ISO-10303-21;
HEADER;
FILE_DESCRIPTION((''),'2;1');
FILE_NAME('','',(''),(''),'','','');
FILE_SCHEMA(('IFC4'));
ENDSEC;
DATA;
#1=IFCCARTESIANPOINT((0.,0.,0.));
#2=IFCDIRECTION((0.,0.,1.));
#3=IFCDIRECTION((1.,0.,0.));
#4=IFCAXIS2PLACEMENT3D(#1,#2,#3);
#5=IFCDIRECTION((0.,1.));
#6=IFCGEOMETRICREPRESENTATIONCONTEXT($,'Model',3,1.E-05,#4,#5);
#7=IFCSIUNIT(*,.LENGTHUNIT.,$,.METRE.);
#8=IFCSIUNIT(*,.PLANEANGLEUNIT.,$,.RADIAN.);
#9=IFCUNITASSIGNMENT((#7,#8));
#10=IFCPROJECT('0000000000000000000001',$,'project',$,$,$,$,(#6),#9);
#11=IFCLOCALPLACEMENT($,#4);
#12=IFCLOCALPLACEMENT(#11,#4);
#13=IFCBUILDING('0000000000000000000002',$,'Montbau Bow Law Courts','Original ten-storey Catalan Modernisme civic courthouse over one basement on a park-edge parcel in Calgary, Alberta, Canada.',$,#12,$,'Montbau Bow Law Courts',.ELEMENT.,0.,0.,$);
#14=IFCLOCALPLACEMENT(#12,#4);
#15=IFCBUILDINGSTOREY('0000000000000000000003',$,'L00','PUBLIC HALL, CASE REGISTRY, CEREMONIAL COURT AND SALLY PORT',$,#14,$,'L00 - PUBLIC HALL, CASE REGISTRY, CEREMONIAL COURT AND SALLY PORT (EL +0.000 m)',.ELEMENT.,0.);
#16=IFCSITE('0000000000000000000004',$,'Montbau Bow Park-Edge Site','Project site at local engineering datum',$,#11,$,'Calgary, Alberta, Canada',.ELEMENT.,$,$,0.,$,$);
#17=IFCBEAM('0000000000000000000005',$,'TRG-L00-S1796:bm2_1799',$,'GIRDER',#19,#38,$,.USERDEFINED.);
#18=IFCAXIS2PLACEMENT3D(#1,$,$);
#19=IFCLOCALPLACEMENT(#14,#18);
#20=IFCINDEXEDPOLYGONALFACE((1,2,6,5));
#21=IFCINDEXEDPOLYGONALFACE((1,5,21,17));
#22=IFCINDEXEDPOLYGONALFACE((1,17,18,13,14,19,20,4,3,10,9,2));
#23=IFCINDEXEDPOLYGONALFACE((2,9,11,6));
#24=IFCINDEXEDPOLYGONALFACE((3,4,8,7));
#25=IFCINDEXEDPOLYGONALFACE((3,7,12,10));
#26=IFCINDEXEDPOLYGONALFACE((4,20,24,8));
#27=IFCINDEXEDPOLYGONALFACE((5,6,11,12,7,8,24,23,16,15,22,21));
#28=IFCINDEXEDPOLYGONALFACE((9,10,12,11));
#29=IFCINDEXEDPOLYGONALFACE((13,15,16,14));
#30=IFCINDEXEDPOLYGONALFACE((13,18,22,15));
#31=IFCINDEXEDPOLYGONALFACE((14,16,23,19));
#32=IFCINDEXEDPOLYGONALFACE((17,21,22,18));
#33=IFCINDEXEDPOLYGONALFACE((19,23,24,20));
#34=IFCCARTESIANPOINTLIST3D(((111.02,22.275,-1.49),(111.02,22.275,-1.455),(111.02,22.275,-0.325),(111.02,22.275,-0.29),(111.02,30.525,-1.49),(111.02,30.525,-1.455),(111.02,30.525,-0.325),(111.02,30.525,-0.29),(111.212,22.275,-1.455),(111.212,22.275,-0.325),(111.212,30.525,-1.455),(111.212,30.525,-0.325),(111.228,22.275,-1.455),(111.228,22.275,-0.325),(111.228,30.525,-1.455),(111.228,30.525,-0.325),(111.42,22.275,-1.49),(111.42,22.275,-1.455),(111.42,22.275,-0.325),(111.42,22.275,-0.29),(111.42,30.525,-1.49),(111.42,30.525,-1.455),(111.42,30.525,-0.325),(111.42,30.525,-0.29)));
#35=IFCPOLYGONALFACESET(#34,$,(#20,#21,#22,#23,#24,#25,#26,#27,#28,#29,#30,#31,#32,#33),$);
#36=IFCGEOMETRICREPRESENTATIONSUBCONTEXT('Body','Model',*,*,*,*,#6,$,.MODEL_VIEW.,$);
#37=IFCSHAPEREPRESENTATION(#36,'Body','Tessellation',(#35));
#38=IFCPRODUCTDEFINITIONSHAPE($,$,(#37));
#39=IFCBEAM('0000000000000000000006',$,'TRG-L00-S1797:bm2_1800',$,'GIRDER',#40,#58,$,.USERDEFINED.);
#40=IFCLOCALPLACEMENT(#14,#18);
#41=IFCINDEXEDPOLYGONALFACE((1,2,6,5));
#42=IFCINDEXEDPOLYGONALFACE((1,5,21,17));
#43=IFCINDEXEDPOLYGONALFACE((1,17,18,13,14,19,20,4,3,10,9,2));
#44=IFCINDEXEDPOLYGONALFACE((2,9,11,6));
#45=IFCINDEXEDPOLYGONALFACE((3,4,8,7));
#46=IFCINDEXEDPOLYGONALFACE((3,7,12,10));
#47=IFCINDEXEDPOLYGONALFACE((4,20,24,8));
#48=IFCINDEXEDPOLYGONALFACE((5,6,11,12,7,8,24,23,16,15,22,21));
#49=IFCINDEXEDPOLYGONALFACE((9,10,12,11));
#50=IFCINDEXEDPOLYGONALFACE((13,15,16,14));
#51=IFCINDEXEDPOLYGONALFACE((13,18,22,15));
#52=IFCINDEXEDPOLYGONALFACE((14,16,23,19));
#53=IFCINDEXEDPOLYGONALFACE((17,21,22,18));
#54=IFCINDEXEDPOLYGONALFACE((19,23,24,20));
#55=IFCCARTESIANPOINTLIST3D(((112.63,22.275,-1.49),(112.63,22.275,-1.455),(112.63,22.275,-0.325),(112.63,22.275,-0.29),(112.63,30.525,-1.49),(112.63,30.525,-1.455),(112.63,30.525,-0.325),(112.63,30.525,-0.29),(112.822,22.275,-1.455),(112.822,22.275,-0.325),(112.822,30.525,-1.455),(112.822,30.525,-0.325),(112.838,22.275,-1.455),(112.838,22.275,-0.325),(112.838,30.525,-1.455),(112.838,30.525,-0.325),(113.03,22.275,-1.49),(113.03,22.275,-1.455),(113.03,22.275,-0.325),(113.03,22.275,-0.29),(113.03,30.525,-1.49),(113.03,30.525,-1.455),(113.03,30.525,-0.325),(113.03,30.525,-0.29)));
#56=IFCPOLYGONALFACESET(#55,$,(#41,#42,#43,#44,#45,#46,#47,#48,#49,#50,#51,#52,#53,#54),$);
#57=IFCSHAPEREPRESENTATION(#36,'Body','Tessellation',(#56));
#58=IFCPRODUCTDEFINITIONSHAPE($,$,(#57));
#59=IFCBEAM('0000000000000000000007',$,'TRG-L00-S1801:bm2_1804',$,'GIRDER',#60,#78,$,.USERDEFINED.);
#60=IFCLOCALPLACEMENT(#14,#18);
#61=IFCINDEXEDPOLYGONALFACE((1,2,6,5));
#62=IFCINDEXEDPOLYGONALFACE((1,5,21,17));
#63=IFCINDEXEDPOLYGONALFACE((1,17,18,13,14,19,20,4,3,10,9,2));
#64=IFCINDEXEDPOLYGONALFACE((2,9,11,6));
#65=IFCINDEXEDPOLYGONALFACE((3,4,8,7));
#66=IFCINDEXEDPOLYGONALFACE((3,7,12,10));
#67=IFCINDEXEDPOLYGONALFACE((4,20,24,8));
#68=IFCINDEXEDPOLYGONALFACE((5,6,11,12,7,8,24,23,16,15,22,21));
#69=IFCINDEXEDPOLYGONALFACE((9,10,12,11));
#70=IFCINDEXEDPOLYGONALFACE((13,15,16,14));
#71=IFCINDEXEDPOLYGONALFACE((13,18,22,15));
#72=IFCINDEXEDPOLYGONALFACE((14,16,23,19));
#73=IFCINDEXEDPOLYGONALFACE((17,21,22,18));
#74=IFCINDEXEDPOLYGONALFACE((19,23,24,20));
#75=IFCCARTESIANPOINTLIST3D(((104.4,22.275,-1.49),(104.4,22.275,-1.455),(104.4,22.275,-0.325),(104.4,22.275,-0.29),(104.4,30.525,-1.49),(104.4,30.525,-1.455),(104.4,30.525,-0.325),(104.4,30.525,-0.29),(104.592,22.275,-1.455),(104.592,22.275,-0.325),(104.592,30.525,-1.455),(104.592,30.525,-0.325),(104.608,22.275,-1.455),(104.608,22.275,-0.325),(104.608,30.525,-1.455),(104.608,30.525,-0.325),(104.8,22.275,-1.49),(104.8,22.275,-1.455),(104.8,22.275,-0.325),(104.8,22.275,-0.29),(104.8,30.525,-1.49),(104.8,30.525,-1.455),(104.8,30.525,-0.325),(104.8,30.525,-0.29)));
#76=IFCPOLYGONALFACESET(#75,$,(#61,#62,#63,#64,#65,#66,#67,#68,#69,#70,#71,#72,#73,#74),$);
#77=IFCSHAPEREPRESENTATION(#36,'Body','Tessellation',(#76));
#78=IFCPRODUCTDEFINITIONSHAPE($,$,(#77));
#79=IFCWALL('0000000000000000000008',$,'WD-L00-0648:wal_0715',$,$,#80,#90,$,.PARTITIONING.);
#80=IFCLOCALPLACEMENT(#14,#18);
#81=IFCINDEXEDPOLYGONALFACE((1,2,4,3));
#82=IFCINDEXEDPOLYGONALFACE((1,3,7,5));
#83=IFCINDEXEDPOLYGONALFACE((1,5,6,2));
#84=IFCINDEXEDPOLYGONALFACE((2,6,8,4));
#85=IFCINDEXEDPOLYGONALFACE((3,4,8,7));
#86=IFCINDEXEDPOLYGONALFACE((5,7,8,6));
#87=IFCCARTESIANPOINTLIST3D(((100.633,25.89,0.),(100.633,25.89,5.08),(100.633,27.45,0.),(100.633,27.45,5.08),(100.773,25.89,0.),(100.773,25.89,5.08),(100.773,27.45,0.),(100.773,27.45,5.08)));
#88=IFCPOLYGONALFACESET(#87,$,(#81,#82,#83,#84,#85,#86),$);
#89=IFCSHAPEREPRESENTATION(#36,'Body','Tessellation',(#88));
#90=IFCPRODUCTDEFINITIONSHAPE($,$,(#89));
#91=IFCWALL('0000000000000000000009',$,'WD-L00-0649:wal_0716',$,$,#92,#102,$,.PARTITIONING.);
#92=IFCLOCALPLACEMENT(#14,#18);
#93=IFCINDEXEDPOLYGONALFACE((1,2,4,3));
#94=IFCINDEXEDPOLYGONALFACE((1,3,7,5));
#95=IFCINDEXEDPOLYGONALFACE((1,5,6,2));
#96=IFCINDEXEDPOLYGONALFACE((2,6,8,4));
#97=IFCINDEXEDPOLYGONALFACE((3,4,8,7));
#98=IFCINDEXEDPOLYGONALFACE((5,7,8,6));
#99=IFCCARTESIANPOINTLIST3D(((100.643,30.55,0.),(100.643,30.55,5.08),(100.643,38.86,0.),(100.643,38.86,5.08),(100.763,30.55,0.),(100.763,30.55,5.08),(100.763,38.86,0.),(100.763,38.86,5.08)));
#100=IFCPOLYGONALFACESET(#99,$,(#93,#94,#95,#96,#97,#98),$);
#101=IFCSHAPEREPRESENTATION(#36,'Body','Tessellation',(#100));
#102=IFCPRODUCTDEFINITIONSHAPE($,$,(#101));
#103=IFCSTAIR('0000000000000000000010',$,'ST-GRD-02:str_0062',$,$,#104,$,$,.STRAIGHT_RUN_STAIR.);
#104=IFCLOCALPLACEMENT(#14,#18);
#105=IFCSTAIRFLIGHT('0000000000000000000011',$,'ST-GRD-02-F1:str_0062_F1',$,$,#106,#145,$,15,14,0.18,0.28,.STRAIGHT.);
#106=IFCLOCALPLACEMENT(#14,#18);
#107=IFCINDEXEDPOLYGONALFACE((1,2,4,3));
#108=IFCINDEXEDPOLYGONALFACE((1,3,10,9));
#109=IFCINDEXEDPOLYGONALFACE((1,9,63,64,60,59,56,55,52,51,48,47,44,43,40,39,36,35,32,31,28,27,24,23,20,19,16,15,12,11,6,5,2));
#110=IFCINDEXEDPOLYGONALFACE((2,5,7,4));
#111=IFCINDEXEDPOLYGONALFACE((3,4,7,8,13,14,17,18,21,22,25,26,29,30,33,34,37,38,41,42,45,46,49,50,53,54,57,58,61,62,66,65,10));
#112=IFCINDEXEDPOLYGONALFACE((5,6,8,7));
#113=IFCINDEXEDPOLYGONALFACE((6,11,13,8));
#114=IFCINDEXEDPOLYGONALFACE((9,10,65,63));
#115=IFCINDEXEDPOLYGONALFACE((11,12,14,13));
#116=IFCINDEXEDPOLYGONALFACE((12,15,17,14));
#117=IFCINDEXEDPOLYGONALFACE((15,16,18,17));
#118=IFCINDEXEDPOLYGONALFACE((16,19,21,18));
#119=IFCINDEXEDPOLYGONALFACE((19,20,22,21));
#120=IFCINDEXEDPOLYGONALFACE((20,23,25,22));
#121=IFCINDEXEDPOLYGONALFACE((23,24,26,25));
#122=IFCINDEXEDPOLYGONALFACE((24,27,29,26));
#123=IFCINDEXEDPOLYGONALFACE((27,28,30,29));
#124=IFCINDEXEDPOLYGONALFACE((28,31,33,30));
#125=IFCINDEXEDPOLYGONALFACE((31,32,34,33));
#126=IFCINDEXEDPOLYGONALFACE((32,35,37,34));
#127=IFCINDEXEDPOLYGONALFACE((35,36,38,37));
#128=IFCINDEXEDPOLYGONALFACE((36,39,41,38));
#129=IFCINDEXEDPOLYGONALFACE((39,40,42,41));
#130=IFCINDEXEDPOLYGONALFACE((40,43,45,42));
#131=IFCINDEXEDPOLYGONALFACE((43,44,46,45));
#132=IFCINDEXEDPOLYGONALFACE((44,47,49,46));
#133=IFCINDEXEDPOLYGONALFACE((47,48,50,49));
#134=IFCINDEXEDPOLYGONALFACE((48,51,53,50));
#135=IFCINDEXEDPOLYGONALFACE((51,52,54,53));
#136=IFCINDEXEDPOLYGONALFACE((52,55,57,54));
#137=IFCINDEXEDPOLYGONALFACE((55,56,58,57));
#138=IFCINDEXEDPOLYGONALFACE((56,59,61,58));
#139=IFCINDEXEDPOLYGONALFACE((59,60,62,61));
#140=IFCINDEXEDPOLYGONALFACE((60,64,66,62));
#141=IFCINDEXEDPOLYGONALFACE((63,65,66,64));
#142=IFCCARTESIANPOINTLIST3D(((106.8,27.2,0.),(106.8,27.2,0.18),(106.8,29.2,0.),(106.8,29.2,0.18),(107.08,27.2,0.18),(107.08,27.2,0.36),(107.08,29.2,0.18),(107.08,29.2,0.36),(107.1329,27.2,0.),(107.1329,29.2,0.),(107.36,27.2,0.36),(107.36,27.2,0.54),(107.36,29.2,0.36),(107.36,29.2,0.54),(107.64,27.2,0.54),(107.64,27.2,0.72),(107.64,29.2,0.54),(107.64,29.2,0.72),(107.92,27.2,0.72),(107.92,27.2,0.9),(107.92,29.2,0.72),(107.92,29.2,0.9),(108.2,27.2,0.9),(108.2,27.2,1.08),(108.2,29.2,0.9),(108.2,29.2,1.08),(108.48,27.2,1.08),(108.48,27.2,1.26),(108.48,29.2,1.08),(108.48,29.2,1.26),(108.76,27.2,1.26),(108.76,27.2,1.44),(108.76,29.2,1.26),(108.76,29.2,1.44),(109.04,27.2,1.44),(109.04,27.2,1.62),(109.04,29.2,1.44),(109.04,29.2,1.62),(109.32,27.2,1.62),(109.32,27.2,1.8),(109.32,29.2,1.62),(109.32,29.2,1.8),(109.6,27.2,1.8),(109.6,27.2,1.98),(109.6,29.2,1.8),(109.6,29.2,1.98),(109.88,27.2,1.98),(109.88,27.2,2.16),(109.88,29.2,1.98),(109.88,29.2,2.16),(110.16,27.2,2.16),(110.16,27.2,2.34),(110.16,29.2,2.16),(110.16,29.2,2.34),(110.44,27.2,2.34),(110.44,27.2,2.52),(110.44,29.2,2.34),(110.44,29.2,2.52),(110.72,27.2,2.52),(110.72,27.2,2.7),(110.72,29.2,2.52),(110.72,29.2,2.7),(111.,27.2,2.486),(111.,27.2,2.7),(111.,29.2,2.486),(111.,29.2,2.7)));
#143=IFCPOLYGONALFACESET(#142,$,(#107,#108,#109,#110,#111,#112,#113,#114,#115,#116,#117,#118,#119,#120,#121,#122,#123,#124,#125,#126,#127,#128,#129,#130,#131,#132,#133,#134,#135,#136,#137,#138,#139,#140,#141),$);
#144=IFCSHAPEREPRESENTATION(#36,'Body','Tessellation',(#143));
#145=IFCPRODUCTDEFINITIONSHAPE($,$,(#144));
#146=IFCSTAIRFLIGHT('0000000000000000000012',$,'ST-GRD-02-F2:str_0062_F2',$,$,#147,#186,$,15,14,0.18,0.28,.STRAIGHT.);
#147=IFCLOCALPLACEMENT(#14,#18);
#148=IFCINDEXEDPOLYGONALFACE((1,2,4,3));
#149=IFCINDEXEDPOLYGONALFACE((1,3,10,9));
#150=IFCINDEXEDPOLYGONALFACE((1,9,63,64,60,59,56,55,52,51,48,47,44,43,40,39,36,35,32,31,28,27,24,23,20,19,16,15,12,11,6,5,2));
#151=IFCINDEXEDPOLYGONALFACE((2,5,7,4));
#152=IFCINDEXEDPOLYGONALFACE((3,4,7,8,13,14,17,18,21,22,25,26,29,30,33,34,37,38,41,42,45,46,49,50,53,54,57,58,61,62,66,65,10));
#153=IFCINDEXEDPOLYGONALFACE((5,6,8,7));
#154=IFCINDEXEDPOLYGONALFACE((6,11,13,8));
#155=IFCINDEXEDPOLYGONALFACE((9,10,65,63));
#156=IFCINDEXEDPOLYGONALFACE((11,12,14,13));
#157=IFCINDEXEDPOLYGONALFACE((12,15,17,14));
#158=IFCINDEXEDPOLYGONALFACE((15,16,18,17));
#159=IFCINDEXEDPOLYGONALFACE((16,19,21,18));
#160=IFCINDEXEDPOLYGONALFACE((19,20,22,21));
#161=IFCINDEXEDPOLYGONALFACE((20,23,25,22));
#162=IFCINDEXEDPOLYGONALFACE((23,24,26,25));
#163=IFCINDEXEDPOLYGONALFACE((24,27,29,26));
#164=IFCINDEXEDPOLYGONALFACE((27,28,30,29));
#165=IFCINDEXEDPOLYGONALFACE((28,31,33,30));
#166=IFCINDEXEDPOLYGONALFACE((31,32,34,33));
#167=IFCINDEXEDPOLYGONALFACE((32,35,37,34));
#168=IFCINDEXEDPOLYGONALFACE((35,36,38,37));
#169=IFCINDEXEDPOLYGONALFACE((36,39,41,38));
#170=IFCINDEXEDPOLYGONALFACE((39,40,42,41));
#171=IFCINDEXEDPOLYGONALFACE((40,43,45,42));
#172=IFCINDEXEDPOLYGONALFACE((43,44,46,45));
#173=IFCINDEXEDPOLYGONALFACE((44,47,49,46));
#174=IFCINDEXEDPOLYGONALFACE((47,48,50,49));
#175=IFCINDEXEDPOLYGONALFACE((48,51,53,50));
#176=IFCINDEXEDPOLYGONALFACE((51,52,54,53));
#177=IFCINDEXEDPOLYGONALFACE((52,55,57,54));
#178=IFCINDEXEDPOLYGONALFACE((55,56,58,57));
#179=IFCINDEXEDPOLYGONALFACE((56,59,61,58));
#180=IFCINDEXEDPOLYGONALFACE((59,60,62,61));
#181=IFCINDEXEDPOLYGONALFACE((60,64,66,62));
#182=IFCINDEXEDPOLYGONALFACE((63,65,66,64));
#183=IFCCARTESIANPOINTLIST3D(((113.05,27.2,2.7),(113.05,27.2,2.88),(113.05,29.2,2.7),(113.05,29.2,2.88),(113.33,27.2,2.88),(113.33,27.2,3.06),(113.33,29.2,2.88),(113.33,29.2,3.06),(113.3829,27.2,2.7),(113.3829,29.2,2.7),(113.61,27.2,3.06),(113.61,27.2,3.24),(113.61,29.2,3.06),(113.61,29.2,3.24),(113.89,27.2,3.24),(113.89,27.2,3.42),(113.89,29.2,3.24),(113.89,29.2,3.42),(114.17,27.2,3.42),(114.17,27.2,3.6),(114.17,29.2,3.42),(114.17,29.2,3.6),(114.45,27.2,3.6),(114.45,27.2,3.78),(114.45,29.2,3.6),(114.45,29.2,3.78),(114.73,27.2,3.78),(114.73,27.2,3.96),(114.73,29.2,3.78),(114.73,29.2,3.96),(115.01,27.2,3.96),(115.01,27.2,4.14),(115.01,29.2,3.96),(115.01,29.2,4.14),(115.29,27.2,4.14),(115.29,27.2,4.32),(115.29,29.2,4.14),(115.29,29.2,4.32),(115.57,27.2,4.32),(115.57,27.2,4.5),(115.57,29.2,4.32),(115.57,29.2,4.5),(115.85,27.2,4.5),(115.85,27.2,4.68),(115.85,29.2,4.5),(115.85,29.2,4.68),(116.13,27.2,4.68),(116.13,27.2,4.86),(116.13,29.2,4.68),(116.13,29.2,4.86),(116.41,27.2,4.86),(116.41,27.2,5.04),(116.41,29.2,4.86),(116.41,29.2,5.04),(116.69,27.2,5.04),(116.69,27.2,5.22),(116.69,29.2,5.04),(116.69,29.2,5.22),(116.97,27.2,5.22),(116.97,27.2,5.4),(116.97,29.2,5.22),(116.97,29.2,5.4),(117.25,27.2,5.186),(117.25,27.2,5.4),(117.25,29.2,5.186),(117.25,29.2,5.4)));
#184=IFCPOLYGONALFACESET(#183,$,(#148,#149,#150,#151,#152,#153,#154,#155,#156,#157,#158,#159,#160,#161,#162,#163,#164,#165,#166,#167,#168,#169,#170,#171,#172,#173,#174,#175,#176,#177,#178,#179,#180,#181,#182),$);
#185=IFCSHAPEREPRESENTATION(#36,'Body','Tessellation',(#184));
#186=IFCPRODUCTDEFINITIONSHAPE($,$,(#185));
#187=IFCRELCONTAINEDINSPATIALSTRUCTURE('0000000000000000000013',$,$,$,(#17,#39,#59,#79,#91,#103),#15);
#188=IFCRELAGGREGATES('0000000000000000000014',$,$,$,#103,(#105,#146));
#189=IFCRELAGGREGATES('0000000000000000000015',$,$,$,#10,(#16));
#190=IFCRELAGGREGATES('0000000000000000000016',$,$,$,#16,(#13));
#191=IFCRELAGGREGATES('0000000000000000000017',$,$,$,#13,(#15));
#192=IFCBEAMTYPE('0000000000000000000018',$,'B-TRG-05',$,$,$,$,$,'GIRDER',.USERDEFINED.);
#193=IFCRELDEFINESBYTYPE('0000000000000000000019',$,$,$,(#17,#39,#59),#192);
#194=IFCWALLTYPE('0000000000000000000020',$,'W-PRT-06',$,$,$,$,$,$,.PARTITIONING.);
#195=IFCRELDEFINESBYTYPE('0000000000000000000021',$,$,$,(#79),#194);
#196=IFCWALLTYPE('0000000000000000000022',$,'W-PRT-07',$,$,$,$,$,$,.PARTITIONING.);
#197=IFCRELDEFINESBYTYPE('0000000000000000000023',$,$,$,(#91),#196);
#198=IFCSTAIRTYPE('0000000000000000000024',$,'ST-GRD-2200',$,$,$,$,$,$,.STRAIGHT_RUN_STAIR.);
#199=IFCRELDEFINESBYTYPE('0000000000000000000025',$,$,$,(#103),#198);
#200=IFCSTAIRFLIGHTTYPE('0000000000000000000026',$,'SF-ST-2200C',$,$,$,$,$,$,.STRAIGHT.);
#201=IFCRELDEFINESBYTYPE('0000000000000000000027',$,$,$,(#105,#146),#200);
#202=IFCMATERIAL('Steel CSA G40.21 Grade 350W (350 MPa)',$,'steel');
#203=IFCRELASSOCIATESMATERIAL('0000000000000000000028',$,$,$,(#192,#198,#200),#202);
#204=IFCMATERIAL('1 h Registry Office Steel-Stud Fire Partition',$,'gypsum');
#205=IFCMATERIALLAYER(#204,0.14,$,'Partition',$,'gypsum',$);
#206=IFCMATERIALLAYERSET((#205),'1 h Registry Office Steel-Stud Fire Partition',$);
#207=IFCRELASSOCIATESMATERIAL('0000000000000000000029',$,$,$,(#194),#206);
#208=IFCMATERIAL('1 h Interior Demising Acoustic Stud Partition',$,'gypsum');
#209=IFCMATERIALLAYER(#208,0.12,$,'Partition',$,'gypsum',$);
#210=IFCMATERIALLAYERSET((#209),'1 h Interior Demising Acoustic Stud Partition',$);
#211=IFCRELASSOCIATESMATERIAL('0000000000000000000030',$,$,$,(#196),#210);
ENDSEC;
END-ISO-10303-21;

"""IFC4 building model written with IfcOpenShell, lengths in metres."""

from ifc_helpers import new_model, si_unit, direction, frame, frame_2d, origin_with_axes, origin_2d_with_axis, place, context, subcontext, project, spatial, polyline, rectangle, i_section, outline, extrude, material, layer, layer_set, material_profile, profile_set, type_object, element, aggregate, save


model = new_model("IFC4")

# Units and contexts
model_context = context("Model", 3, precision=1e-05, world=origin_with_axes(), true_north=direction((0.0, 1.0)))
body_context = subcontext(model_context, "Body", "Model", "MODEL_VIEW")
ifc_project = project(units=[si_unit("LENGTHUNIT", "METRE"), si_unit("PLANEANGLEUNIT", "RADIAN")], contexts=[model_context])

# Site, building, storey
site_placement = place(None, origin_with_axes())
site = spatial("IfcSite", under=ifc_project, at=site_placement, Name="Montbau Bow Park-Edge Site", Description="Project site at local engineering datum", LongName="Calgary, Alberta, Canada", CompositionType="ELEMENT", RefElevation=0.0)
building_placement = place(site_placement, origin_with_axes())
building = spatial("IfcBuilding", under=site, at=building_placement, Name="Montbau Bow Law Courts", Description="Original ten-storey Catalan Modernisme civic courthouse over one basement on a park-edge parcel in Calgary, Alberta, Canada.", LongName="Montbau Bow Law Courts", CompositionType="ELEMENT", ElevationOfRefHeight=0.0, ElevationOfTerrain=0.0)
storey_placement = place(building_placement, origin_with_axes())
storey = spatial("IfcBuildingStorey", under=building, at=storey_placement, Name="L00", Description="PUBLIC HALL, CASE REGISTRY, CEREMONIAL COURT AND SALLY PORT", LongName="L00 - PUBLIC HALL, CASE REGISTRY, CEREMONIAL COURT AND SALLY PORT (EL +0.000 m)", CompositionType="ELEMENT", Elevation=0.0)

# Shared definitions
ifc_material_1 = material(Name="Steel CSA G40.21 Grade 350W (350 MPa)", Category="steel")

# Beams
ifc_material_profile_1 = material_profile(ifc_material_1, i_section(OverallWidth=0.4, OverallDepth=1.2, WebThickness=0.016, FlangeThickness=0.035, at=origin_2d_with_axis()), Name="WWF1200X302", Category="Main", Priority=0)
ifc_profile_set_1 = profile_set([ifc_material_profile_1], Name="Steel CSA G40.21 Grade 350W (350 MPa)")
beam_type_1 = type_object("IfcBeamType", Name="B-TRG-05", ElementType="GIRDER", PredefinedType="USERDEFINED", material=ifc_profile_set_1)
for number, where, z_axis, x_axis, name in (
    (1, (111.22, 22.275, -0.89), (0.0, 1.0, 0.0), (-1.0, 0.0, 0.0), "TRG-L00-S1796:bm2_1799"),
    (2, (112.83, 22.275, -0.89), (0.0, 1.0, 0.0), (-1.0, 0.0, 0.0), "TRG-L00-S1797:bm2_1800"),
    (3, (104.6, 22.275, -0.89), (0.0, 1.0, 0.0), (-1.0, 0.0, 0.0), "TRG-L00-S1801:bm2_1804"),
):
    element("IfcBeam", number, at=place(None, frame(where, z_axis=z_axis, x_axis=x_axis)), inside=storey, type_object=beam_type_1, Name=name, ObjectType="GIRDER", PredefinedType="USERDEFINED", context=body_context, shape_type="SweptSolid", body=[
        extrude(i_section(OverallWidth=0.4, OverallDepth=1.2, WebThickness=0.016, FlangeThickness=0.035, at=origin_2d_with_axis()), origin_with_axes(), (0.0, 0.0, 1.0), 8.25),
    ])

# Walls
ifc_material_2 = material(Name="1 h Registry Office Steel-Stud Fire Partition", Category="gypsum")
ifc_layer_1 = layer(ifc_material_2, 0.14, Name="Partition", Category="gypsum")
ifc_layer_set_1 = layer_set([ifc_layer_1], Name="1 h Registry Office Steel-Stud Fire Partition")
wall_type_1 = type_object("IfcWallType", Name="W-PRT-06", PredefinedType="PARTITIONING", material=ifc_layer_set_1)
wall_1_placement = place(None, frame((100.703, 25.89, 0.0), z_axis=(0.0, 0.0, 1.0), x_axis=(0.0, 1.0, 0.0)))
element("IfcWall", 4, at=wall_1_placement, inside=storey, type_object=wall_type_1, Name="WD-L00-0648:wal_0715", PredefinedType="PARTITIONING", context=body_context, shape_type="SweptSolid", body=[
    extrude(rectangle(XDim=1.56, YDim=0.14, at=frame_2d((0.78, 0.0), x_axis=(1.0, 0.0))), origin_with_axes(), (0.0, 0.0, 1.0), 5.08),
])
ifc_material_3 = material(Name="1 h Interior Demising Acoustic Stud Partition", Category="gypsum")
ifc_layer_2 = layer(ifc_material_3, 0.12, Name="Partition", Category="gypsum")
ifc_layer_set_2 = layer_set([ifc_layer_2], Name="1 h Interior Demising Acoustic Stud Partition")
wall_type_2 = type_object("IfcWallType", Name="W-PRT-07", PredefinedType="PARTITIONING", material=ifc_layer_set_2)
wall_2_placement = place(None, frame((100.703, 30.55, 0.0), z_axis=(0.0, 0.0, 1.0), x_axis=(0.0, 1.0, 0.0)))
element("IfcWall", 5, at=wall_2_placement, inside=storey, type_object=wall_type_2, Name="WD-L00-0649:wal_0716", PredefinedType="PARTITIONING", context=body_context, shape_type="SweptSolid", body=[
    extrude(rectangle(XDim=8.31, YDim=0.12, at=frame_2d((4.155, 0.0), x_axis=(1.0, 0.0))), origin_with_axes(), (0.0, 0.0, 1.0), 5.08),
])

# Stair, stair flights
stair_type = type_object("IfcStairType", Name="ST-GRD-2200", PredefinedType="STRAIGHT_RUN_STAIR", material=ifc_material_1)
stair_1_placement = place(None, frame((106.8, 28.2, 0.0), z_axis=(0.0, 0.0, 1.0), x_axis=(1.0, 0.0, 0.0)))
stair_1 = element("IfcStair", 6, at=stair_1_placement, inside=storey, type_object=stair_type, Name="ST-GRD-02:str_0062", PredefinedType="STRAIGHT_RUN_STAIR")
stair_flight_type = type_object("IfcStairFlightType", Name="SF-ST-2200C", PredefinedType="STRAIGHT", material=ifc_material_1)
stair_flight_1_placement = place(None, frame((106.8, 28.2, 0.0), z_axis=(0.0, 0.0, 1.0), x_axis=(1.0, 0.0, 0.0)))
stair_flight_1 = element("IfcStairFlight", 7, at=stair_flight_1_placement, type_object=stair_flight_type, Name="ST-GRD-02-F1:str_0062_F1", NumberOfRisers=15, NumberOfTreads=14, PredefinedType="STRAIGHT", RiserHeight=0.18, TreadLength=0.28, context=body_context, shape_type="SweptSolid", body=[
    extrude(outline(polyline([(0.0, 0.0), (0.0, 0.18), (0.28, 0.18), (0.28, 0.36), (0.56, 0.36), (0.56, 0.54), (0.84, 0.54), (0.84, 0.72), (1.12, 0.72), (1.12, 0.9), (1.4, 0.9), (1.4, 1.08), (1.68, 1.08), (1.68, 1.26), (1.96, 1.26), (1.96, 1.44), (2.24, 1.44), (2.24, 1.62), (2.52, 1.62), (2.52, 1.8), (2.8, 1.8), (2.8, 1.98), (3.08, 1.98), (3.08, 2.16), (3.36, 2.16), (3.36, 2.34), (3.64, 2.34), (3.64, 2.52), (3.92, 2.52), (3.92, 2.7), (4.2, 2.7), (4.2, 2.486), (0.3329, 0.0), (0.0, 0.0)])), frame((0.0, 1.0, 0.0), z_axis=(0.0, -1.0, 0.0), x_axis=(1.0, 0.0, 0.0)), (0.0, 0.0, 1.0), 2.0),
])
stair_flight_2_placement = place(None, frame((113.05, 28.2, 2.7), z_axis=(0.0, 0.0, 1.0), x_axis=(1.0, 0.0, 0.0)))
stair_flight_2 = element("IfcStairFlight", 8, at=stair_flight_2_placement, type_object=stair_flight_type, Name="ST-GRD-02-F2:str_0062_F2", NumberOfRisers=15, NumberOfTreads=14, PredefinedType="STRAIGHT", RiserHeight=0.18, TreadLength=0.28, context=body_context, shape_type="SweptSolid", body=[
    extrude(outline(polyline([(0.0, 0.0), (0.0, 0.18), (0.28, 0.18), (0.28, 0.36), (0.56, 0.36), (0.56, 0.54), (0.84, 0.54), (0.84, 0.72), (1.12, 0.72), (1.12, 0.9), (1.4, 0.9), (1.4, 1.08), (1.68, 1.08), (1.68, 1.26), (1.96, 1.26), (1.96, 1.44), (2.24, 1.44), (2.24, 1.62), (2.52, 1.62), (2.52, 1.8), (2.8, 1.8), (2.8, 1.98), (3.08, 1.98), (3.08, 2.16), (3.36, 2.16), (3.36, 2.34), (3.64, 2.34), (3.64, 2.52), (3.92, 2.52), (3.92, 2.7), (4.2, 2.7), (4.2, 2.486), (0.3329, 0.0), (0.0, 0.0)])), frame((0.0, 1.0, 0.0), z_axis=(0.0, -1.0, 0.0), x_axis=(1.0, 0.0, 0.0)), (0.0, 0.0, 1.0), 2.0),
])
aggregate(stair_1, [stair_flight_1, stair_flight_2])

save(model, "model.ifc")
